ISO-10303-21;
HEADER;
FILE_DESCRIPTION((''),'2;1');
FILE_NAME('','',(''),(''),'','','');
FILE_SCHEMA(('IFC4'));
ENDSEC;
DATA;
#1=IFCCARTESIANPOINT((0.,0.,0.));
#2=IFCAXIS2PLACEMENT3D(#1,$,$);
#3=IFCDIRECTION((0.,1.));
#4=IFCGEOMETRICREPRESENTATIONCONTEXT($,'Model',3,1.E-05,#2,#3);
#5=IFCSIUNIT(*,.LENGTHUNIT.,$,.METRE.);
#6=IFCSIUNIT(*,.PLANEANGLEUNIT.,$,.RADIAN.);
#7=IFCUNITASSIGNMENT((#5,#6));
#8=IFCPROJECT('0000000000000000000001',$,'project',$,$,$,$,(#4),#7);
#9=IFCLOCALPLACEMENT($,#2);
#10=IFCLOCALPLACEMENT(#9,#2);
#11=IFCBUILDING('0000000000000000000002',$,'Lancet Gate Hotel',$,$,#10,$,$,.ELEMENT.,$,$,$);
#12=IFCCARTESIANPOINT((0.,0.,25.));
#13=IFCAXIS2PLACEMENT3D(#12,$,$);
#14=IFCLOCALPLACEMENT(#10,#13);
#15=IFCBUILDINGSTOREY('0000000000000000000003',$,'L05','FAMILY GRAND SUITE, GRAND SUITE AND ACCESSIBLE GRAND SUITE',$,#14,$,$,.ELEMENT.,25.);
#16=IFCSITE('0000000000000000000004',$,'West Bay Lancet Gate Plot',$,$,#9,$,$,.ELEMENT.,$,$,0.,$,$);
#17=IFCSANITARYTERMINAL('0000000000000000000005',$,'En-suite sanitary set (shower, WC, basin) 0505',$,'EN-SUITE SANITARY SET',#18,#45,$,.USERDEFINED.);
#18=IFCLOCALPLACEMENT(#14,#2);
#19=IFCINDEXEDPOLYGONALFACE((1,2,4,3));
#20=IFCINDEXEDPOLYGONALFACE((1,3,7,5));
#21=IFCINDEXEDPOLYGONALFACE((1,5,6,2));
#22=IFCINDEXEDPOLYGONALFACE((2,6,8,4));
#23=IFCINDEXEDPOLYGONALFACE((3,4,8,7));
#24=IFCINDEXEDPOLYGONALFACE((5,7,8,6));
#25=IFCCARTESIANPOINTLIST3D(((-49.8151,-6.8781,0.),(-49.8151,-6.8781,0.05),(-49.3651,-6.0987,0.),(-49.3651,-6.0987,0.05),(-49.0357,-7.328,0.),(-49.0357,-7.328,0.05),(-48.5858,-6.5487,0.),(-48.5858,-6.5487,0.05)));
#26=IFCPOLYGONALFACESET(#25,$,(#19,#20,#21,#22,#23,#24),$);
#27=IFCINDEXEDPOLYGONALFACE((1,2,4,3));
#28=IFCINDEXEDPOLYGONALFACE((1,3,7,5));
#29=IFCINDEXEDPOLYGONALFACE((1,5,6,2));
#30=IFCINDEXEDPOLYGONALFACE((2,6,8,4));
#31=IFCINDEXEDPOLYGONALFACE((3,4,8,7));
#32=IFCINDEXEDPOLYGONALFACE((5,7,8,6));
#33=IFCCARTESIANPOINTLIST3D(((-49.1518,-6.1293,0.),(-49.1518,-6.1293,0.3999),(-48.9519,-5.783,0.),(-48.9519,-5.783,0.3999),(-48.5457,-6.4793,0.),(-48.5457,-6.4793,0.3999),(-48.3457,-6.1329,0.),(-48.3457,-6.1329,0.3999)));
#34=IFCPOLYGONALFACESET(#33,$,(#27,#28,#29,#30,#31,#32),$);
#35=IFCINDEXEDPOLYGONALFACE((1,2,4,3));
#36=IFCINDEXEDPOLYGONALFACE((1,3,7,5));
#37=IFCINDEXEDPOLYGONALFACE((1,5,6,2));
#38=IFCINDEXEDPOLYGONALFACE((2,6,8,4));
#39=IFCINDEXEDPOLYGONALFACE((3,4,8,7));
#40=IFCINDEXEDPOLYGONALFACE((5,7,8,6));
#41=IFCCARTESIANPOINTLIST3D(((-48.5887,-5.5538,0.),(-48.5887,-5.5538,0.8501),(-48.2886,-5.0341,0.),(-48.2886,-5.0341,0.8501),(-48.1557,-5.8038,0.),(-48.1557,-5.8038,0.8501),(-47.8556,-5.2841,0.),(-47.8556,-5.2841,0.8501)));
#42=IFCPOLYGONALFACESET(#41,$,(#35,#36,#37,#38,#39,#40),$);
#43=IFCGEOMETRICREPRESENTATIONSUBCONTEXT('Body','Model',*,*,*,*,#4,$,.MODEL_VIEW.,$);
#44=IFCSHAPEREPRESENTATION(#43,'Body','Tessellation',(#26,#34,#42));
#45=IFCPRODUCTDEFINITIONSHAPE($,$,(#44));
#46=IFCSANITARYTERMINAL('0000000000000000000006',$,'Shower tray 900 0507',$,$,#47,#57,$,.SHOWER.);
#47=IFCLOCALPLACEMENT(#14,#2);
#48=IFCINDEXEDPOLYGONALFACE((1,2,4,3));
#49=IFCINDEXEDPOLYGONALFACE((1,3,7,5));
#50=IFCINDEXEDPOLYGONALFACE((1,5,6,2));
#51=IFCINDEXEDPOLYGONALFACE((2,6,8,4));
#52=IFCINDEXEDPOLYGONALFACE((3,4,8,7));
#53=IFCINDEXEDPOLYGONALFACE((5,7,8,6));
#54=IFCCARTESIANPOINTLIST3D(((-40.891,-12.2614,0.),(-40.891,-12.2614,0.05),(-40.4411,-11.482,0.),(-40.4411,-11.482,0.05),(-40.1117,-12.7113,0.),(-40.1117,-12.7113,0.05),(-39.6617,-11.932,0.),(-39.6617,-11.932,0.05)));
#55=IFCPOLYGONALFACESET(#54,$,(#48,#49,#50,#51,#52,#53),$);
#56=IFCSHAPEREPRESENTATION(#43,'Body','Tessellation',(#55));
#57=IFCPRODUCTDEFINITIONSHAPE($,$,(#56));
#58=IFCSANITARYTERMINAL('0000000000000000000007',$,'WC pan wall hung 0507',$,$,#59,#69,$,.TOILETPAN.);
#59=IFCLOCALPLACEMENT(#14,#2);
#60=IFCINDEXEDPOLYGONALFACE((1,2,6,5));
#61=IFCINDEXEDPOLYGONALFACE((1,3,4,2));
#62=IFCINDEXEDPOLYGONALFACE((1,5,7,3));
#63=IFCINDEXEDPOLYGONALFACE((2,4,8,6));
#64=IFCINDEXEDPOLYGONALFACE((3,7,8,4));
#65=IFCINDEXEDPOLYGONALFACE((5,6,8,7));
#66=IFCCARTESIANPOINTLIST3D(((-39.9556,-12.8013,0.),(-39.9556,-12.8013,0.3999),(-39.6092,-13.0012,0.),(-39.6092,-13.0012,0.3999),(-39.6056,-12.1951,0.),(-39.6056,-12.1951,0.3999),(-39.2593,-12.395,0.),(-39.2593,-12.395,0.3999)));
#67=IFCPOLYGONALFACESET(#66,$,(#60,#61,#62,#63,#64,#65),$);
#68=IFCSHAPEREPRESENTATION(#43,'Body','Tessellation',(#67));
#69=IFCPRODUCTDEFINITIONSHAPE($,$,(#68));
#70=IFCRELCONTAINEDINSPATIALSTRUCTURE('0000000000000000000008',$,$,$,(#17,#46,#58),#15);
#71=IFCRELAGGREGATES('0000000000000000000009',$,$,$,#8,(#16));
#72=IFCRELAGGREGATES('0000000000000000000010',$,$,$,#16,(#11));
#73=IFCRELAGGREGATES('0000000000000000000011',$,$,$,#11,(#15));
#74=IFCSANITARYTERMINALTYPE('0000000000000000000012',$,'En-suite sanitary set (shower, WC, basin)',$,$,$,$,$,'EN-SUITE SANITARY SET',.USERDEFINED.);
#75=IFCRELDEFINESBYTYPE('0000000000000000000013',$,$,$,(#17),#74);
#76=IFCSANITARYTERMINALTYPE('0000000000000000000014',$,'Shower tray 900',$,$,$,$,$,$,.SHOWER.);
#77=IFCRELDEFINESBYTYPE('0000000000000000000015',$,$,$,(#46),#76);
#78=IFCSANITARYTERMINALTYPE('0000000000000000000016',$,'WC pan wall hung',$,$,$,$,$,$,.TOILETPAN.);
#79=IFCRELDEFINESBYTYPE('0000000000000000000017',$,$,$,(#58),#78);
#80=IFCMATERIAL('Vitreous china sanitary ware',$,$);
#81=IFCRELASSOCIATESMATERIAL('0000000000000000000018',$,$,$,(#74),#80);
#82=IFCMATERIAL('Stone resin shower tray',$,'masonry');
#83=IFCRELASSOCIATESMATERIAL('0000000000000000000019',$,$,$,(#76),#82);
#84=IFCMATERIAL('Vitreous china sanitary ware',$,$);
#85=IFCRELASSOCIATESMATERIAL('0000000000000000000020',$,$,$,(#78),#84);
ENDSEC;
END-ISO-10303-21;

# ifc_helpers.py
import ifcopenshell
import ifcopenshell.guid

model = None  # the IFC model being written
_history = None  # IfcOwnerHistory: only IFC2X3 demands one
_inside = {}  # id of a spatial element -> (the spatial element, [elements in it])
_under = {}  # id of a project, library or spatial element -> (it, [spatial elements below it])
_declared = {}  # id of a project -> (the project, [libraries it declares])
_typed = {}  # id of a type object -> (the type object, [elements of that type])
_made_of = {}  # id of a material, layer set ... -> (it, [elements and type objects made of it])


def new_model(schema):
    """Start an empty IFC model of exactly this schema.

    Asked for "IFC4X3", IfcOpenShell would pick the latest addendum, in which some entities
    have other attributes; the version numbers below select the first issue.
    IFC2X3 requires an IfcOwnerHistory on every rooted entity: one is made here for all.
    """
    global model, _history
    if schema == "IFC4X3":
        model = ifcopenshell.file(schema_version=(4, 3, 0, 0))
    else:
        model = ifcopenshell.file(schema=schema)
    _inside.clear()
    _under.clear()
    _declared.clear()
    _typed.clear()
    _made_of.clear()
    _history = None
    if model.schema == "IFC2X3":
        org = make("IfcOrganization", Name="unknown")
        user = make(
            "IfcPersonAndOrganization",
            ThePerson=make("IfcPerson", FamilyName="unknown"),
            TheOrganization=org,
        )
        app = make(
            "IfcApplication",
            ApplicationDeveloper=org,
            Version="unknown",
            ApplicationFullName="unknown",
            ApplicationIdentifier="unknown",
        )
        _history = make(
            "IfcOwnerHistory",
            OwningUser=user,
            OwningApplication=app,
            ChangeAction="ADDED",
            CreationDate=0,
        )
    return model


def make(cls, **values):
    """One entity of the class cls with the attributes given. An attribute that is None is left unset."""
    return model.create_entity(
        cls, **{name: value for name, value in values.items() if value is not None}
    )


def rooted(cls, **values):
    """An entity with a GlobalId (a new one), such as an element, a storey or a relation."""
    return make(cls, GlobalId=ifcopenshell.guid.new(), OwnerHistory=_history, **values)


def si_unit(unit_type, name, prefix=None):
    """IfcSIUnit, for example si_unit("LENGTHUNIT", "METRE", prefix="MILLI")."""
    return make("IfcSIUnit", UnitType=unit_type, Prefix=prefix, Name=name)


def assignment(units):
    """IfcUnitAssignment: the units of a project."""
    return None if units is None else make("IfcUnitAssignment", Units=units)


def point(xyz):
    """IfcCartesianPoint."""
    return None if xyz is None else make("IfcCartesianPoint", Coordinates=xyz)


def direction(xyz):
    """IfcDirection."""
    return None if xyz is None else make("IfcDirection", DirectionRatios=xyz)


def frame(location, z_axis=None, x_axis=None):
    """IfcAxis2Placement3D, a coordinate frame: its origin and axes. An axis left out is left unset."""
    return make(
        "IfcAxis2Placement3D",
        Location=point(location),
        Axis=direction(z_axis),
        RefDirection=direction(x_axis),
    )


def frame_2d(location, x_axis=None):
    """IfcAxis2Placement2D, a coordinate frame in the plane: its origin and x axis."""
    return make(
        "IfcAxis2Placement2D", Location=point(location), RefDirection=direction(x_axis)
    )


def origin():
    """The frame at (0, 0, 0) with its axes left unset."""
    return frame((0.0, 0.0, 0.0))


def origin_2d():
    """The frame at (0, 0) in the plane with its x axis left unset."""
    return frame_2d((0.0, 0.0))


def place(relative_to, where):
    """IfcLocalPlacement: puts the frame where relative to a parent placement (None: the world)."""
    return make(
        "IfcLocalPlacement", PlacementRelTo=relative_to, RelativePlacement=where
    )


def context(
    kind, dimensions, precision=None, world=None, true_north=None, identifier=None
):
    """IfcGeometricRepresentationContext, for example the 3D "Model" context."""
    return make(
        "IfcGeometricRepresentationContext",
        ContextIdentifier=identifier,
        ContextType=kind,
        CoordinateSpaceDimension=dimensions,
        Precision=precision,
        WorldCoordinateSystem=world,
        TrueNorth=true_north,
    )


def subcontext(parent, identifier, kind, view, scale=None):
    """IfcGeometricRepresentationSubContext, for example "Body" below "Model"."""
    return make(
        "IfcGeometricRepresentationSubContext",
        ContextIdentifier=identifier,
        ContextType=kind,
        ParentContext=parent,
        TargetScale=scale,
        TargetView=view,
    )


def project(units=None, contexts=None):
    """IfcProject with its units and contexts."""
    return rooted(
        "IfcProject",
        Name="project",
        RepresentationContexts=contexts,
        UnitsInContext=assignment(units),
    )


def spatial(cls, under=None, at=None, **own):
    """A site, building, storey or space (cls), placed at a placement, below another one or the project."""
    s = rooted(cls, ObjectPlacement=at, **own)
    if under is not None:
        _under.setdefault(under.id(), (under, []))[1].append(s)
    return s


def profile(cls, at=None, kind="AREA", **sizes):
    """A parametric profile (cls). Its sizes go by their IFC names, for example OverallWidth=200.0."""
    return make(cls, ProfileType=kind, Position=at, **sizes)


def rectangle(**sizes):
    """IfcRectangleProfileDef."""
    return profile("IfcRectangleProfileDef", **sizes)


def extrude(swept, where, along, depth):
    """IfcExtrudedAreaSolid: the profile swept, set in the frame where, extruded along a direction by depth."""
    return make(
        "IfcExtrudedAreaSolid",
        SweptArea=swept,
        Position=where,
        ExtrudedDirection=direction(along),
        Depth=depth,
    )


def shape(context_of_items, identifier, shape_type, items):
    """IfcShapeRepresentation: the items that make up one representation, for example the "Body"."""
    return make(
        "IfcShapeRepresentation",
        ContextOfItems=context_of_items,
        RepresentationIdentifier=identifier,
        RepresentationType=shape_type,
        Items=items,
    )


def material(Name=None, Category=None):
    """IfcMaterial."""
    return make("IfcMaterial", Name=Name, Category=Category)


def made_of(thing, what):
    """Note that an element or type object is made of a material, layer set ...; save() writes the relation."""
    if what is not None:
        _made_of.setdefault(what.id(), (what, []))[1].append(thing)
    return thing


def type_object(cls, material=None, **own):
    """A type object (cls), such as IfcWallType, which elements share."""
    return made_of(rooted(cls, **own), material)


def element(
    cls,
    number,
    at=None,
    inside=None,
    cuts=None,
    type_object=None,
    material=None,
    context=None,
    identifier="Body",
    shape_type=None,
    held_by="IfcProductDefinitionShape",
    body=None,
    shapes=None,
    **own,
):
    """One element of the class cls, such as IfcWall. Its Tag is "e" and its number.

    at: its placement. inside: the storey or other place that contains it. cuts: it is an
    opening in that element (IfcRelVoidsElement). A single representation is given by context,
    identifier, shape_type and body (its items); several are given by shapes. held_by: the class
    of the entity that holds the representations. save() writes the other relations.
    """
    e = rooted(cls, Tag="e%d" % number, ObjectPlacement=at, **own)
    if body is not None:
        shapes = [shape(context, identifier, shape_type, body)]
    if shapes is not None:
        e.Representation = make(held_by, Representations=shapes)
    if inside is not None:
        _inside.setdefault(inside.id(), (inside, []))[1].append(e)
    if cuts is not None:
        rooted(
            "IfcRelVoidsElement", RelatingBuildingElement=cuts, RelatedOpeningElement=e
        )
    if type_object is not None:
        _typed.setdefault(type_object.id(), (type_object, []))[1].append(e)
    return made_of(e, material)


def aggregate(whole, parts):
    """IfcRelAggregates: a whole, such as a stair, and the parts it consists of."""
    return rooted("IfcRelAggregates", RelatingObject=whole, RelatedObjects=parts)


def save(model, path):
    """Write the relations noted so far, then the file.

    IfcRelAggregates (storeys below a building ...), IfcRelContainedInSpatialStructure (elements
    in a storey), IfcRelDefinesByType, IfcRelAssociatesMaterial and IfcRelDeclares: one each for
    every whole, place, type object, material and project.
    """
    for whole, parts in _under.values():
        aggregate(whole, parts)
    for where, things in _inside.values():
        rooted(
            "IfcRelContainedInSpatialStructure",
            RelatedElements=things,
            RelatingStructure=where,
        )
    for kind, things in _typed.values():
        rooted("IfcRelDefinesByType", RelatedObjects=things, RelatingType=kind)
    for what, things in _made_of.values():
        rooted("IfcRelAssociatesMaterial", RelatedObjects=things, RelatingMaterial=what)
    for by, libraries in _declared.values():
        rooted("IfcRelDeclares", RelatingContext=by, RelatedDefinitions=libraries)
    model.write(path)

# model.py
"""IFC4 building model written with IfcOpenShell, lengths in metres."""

from ifc_helpers import new_model, si_unit, direction, frame, origin, origin_2d, place, context, subcontext, project, spatial, rectangle, extrude, material, type_object, element, save


model = new_model("IFC4")

# Units and contexts
model_context = context("Model", 3, precision=1e-05, world=origin(), true_north=direction((0.0, 1.0)))
body_context = subcontext(model_context, "Body", "Model", "MODEL_VIEW")
ifc_project = project(units=[si_unit("LENGTHUNIT", "METRE"), si_unit("PLANEANGLEUNIT", "RADIAN")], contexts=[model_context])

# Site, building, storey
site_placement = place(None, origin())
site = spatial("IfcSite", under=ifc_project, at=site_placement, Name="West Bay Lancet Gate Plot", CompositionType="ELEMENT", RefElevation=0.0)
building_placement = place(site_placement, origin())
building = spatial("IfcBuilding", under=site, at=building_placement, Name="Lancet Gate Hotel", CompositionType="ELEMENT")
storey_placement = place(building_placement, frame((0.0, 0.0, 25.0)))
storey = spatial("IfcBuildingStorey", under=building, at=storey_placement, Name="L05", Description="FAMILY GRAND SUITE, GRAND SUITE AND ACCESSIBLE GRAND SUITE", CompositionType="ELEMENT", Elevation=25.0)

# Sanitary terminals
ifc_material_1 = material(Name="Vitreous china sanitary ware")
sanitary_terminal_type_1 = type_object("IfcSanitaryTerminalType", Name="En-suite sanitary set (shower, WC, basin)", ElementType="EN-SUITE SANITARY SET", PredefinedType="USERDEFINED", material=ifc_material_1)
sanitary_terminal_1_placement = place(storey_placement, frame((-49.2004, -6.7134, 0.0), z_axis=(0.0, 0.0, 1.0), x_axis=(1.0, 0.0, 0.0)))
element("IfcSanitaryTerminal", 1, at=sanitary_terminal_1_placement, inside=storey, type_object=sanitary_terminal_type_1, Name="En-suite sanitary set (shower, WC, basin) 0505", ObjectType="EN-SUITE SANITARY SET", PredefinedType="USERDEFINED", context=body_context, shape_type="SweptSolid", body=[
    extrude(rectangle(XDim=0.8999, YDim=0.8999, at=origin_2d()), frame((0.0, 0.0, 0.0), z_axis=(0.0, 0.0, 1.0), x_axis=(-0.5, -0.866025, 0.0)), (0.0, 0.0, 1.0), 0.05),
    extrude(rectangle(XDim=0.3999, YDim=0.7, at=origin_2d()), frame((0.4517, 0.5823, 0.0), z_axis=(0.0, 0.0, 1.0), x_axis=(-0.5, -0.866025, 0.0)), (0.0, 0.0, 1.0), 0.3999),
    extrude(rectangle(XDim=0.6001, YDim=0.5, at=origin_2d()), frame((0.9783, 1.2944, 0.0), z_axis=(0.0, 0.0, 1.0), x_axis=(-0.5, -0.866025, 0.0)), (0.0, 0.0, 1.0), 0.8501),
])
ifc_material_2 = material(Name="Stone resin shower tray", Category="masonry")
sanitary_terminal_type_2 = type_object("IfcSanitaryTerminalType", Name="Shower tray 900", PredefinedType="SHOWER", material=ifc_material_2)
sanitary_terminal_2_placement = place(storey_placement, frame((-40.2764, -12.0967, 0.0), z_axis=(0.0, 0.0, 1.0), x_axis=(-0.866025, 0.5, 0.0)))
element("IfcSanitaryTerminal", 2, at=sanitary_terminal_2_placement, inside=storey, type_object=sanitary_terminal_type_2, Name="Shower tray 900 0507", PredefinedType="SHOWER", context=body_context, shape_type="SweptSolid", body=[
    extrude(rectangle(XDim=0.8999, YDim=0.8999, at=origin_2d()), origin(), (0.0, 0.0, 1.0), 0.05),
])
ifc_material_3 = material(Name="Vitreous china sanitary ware")
sanitary_terminal_type_3 = type_object("IfcSanitaryTerminalType", Name="WC pan wall hung", PredefinedType="TOILETPAN", material=ifc_material_3)
sanitary_terminal_3_placement = place(storey_placement, frame((-39.6074, -12.5981, 0.0), z_axis=(0.0, 0.0, 1.0), x_axis=(-0.866025, 0.5, 0.0)))
element("IfcSanitaryTerminal", 3, at=sanitary_terminal_3_placement, inside=storey, type_object=sanitary_terminal_type_3, Name="WC pan wall hung 0507", PredefinedType="TOILETPAN", context=body_context, shape_type="SweptSolid", body=[
    extrude(rectangle(XDim=0.3999, YDim=0.7, at=origin_2d()), origin(), (0.0, 0.0, 1.0), 0.3999),
])

save(model, "model.ifc")
